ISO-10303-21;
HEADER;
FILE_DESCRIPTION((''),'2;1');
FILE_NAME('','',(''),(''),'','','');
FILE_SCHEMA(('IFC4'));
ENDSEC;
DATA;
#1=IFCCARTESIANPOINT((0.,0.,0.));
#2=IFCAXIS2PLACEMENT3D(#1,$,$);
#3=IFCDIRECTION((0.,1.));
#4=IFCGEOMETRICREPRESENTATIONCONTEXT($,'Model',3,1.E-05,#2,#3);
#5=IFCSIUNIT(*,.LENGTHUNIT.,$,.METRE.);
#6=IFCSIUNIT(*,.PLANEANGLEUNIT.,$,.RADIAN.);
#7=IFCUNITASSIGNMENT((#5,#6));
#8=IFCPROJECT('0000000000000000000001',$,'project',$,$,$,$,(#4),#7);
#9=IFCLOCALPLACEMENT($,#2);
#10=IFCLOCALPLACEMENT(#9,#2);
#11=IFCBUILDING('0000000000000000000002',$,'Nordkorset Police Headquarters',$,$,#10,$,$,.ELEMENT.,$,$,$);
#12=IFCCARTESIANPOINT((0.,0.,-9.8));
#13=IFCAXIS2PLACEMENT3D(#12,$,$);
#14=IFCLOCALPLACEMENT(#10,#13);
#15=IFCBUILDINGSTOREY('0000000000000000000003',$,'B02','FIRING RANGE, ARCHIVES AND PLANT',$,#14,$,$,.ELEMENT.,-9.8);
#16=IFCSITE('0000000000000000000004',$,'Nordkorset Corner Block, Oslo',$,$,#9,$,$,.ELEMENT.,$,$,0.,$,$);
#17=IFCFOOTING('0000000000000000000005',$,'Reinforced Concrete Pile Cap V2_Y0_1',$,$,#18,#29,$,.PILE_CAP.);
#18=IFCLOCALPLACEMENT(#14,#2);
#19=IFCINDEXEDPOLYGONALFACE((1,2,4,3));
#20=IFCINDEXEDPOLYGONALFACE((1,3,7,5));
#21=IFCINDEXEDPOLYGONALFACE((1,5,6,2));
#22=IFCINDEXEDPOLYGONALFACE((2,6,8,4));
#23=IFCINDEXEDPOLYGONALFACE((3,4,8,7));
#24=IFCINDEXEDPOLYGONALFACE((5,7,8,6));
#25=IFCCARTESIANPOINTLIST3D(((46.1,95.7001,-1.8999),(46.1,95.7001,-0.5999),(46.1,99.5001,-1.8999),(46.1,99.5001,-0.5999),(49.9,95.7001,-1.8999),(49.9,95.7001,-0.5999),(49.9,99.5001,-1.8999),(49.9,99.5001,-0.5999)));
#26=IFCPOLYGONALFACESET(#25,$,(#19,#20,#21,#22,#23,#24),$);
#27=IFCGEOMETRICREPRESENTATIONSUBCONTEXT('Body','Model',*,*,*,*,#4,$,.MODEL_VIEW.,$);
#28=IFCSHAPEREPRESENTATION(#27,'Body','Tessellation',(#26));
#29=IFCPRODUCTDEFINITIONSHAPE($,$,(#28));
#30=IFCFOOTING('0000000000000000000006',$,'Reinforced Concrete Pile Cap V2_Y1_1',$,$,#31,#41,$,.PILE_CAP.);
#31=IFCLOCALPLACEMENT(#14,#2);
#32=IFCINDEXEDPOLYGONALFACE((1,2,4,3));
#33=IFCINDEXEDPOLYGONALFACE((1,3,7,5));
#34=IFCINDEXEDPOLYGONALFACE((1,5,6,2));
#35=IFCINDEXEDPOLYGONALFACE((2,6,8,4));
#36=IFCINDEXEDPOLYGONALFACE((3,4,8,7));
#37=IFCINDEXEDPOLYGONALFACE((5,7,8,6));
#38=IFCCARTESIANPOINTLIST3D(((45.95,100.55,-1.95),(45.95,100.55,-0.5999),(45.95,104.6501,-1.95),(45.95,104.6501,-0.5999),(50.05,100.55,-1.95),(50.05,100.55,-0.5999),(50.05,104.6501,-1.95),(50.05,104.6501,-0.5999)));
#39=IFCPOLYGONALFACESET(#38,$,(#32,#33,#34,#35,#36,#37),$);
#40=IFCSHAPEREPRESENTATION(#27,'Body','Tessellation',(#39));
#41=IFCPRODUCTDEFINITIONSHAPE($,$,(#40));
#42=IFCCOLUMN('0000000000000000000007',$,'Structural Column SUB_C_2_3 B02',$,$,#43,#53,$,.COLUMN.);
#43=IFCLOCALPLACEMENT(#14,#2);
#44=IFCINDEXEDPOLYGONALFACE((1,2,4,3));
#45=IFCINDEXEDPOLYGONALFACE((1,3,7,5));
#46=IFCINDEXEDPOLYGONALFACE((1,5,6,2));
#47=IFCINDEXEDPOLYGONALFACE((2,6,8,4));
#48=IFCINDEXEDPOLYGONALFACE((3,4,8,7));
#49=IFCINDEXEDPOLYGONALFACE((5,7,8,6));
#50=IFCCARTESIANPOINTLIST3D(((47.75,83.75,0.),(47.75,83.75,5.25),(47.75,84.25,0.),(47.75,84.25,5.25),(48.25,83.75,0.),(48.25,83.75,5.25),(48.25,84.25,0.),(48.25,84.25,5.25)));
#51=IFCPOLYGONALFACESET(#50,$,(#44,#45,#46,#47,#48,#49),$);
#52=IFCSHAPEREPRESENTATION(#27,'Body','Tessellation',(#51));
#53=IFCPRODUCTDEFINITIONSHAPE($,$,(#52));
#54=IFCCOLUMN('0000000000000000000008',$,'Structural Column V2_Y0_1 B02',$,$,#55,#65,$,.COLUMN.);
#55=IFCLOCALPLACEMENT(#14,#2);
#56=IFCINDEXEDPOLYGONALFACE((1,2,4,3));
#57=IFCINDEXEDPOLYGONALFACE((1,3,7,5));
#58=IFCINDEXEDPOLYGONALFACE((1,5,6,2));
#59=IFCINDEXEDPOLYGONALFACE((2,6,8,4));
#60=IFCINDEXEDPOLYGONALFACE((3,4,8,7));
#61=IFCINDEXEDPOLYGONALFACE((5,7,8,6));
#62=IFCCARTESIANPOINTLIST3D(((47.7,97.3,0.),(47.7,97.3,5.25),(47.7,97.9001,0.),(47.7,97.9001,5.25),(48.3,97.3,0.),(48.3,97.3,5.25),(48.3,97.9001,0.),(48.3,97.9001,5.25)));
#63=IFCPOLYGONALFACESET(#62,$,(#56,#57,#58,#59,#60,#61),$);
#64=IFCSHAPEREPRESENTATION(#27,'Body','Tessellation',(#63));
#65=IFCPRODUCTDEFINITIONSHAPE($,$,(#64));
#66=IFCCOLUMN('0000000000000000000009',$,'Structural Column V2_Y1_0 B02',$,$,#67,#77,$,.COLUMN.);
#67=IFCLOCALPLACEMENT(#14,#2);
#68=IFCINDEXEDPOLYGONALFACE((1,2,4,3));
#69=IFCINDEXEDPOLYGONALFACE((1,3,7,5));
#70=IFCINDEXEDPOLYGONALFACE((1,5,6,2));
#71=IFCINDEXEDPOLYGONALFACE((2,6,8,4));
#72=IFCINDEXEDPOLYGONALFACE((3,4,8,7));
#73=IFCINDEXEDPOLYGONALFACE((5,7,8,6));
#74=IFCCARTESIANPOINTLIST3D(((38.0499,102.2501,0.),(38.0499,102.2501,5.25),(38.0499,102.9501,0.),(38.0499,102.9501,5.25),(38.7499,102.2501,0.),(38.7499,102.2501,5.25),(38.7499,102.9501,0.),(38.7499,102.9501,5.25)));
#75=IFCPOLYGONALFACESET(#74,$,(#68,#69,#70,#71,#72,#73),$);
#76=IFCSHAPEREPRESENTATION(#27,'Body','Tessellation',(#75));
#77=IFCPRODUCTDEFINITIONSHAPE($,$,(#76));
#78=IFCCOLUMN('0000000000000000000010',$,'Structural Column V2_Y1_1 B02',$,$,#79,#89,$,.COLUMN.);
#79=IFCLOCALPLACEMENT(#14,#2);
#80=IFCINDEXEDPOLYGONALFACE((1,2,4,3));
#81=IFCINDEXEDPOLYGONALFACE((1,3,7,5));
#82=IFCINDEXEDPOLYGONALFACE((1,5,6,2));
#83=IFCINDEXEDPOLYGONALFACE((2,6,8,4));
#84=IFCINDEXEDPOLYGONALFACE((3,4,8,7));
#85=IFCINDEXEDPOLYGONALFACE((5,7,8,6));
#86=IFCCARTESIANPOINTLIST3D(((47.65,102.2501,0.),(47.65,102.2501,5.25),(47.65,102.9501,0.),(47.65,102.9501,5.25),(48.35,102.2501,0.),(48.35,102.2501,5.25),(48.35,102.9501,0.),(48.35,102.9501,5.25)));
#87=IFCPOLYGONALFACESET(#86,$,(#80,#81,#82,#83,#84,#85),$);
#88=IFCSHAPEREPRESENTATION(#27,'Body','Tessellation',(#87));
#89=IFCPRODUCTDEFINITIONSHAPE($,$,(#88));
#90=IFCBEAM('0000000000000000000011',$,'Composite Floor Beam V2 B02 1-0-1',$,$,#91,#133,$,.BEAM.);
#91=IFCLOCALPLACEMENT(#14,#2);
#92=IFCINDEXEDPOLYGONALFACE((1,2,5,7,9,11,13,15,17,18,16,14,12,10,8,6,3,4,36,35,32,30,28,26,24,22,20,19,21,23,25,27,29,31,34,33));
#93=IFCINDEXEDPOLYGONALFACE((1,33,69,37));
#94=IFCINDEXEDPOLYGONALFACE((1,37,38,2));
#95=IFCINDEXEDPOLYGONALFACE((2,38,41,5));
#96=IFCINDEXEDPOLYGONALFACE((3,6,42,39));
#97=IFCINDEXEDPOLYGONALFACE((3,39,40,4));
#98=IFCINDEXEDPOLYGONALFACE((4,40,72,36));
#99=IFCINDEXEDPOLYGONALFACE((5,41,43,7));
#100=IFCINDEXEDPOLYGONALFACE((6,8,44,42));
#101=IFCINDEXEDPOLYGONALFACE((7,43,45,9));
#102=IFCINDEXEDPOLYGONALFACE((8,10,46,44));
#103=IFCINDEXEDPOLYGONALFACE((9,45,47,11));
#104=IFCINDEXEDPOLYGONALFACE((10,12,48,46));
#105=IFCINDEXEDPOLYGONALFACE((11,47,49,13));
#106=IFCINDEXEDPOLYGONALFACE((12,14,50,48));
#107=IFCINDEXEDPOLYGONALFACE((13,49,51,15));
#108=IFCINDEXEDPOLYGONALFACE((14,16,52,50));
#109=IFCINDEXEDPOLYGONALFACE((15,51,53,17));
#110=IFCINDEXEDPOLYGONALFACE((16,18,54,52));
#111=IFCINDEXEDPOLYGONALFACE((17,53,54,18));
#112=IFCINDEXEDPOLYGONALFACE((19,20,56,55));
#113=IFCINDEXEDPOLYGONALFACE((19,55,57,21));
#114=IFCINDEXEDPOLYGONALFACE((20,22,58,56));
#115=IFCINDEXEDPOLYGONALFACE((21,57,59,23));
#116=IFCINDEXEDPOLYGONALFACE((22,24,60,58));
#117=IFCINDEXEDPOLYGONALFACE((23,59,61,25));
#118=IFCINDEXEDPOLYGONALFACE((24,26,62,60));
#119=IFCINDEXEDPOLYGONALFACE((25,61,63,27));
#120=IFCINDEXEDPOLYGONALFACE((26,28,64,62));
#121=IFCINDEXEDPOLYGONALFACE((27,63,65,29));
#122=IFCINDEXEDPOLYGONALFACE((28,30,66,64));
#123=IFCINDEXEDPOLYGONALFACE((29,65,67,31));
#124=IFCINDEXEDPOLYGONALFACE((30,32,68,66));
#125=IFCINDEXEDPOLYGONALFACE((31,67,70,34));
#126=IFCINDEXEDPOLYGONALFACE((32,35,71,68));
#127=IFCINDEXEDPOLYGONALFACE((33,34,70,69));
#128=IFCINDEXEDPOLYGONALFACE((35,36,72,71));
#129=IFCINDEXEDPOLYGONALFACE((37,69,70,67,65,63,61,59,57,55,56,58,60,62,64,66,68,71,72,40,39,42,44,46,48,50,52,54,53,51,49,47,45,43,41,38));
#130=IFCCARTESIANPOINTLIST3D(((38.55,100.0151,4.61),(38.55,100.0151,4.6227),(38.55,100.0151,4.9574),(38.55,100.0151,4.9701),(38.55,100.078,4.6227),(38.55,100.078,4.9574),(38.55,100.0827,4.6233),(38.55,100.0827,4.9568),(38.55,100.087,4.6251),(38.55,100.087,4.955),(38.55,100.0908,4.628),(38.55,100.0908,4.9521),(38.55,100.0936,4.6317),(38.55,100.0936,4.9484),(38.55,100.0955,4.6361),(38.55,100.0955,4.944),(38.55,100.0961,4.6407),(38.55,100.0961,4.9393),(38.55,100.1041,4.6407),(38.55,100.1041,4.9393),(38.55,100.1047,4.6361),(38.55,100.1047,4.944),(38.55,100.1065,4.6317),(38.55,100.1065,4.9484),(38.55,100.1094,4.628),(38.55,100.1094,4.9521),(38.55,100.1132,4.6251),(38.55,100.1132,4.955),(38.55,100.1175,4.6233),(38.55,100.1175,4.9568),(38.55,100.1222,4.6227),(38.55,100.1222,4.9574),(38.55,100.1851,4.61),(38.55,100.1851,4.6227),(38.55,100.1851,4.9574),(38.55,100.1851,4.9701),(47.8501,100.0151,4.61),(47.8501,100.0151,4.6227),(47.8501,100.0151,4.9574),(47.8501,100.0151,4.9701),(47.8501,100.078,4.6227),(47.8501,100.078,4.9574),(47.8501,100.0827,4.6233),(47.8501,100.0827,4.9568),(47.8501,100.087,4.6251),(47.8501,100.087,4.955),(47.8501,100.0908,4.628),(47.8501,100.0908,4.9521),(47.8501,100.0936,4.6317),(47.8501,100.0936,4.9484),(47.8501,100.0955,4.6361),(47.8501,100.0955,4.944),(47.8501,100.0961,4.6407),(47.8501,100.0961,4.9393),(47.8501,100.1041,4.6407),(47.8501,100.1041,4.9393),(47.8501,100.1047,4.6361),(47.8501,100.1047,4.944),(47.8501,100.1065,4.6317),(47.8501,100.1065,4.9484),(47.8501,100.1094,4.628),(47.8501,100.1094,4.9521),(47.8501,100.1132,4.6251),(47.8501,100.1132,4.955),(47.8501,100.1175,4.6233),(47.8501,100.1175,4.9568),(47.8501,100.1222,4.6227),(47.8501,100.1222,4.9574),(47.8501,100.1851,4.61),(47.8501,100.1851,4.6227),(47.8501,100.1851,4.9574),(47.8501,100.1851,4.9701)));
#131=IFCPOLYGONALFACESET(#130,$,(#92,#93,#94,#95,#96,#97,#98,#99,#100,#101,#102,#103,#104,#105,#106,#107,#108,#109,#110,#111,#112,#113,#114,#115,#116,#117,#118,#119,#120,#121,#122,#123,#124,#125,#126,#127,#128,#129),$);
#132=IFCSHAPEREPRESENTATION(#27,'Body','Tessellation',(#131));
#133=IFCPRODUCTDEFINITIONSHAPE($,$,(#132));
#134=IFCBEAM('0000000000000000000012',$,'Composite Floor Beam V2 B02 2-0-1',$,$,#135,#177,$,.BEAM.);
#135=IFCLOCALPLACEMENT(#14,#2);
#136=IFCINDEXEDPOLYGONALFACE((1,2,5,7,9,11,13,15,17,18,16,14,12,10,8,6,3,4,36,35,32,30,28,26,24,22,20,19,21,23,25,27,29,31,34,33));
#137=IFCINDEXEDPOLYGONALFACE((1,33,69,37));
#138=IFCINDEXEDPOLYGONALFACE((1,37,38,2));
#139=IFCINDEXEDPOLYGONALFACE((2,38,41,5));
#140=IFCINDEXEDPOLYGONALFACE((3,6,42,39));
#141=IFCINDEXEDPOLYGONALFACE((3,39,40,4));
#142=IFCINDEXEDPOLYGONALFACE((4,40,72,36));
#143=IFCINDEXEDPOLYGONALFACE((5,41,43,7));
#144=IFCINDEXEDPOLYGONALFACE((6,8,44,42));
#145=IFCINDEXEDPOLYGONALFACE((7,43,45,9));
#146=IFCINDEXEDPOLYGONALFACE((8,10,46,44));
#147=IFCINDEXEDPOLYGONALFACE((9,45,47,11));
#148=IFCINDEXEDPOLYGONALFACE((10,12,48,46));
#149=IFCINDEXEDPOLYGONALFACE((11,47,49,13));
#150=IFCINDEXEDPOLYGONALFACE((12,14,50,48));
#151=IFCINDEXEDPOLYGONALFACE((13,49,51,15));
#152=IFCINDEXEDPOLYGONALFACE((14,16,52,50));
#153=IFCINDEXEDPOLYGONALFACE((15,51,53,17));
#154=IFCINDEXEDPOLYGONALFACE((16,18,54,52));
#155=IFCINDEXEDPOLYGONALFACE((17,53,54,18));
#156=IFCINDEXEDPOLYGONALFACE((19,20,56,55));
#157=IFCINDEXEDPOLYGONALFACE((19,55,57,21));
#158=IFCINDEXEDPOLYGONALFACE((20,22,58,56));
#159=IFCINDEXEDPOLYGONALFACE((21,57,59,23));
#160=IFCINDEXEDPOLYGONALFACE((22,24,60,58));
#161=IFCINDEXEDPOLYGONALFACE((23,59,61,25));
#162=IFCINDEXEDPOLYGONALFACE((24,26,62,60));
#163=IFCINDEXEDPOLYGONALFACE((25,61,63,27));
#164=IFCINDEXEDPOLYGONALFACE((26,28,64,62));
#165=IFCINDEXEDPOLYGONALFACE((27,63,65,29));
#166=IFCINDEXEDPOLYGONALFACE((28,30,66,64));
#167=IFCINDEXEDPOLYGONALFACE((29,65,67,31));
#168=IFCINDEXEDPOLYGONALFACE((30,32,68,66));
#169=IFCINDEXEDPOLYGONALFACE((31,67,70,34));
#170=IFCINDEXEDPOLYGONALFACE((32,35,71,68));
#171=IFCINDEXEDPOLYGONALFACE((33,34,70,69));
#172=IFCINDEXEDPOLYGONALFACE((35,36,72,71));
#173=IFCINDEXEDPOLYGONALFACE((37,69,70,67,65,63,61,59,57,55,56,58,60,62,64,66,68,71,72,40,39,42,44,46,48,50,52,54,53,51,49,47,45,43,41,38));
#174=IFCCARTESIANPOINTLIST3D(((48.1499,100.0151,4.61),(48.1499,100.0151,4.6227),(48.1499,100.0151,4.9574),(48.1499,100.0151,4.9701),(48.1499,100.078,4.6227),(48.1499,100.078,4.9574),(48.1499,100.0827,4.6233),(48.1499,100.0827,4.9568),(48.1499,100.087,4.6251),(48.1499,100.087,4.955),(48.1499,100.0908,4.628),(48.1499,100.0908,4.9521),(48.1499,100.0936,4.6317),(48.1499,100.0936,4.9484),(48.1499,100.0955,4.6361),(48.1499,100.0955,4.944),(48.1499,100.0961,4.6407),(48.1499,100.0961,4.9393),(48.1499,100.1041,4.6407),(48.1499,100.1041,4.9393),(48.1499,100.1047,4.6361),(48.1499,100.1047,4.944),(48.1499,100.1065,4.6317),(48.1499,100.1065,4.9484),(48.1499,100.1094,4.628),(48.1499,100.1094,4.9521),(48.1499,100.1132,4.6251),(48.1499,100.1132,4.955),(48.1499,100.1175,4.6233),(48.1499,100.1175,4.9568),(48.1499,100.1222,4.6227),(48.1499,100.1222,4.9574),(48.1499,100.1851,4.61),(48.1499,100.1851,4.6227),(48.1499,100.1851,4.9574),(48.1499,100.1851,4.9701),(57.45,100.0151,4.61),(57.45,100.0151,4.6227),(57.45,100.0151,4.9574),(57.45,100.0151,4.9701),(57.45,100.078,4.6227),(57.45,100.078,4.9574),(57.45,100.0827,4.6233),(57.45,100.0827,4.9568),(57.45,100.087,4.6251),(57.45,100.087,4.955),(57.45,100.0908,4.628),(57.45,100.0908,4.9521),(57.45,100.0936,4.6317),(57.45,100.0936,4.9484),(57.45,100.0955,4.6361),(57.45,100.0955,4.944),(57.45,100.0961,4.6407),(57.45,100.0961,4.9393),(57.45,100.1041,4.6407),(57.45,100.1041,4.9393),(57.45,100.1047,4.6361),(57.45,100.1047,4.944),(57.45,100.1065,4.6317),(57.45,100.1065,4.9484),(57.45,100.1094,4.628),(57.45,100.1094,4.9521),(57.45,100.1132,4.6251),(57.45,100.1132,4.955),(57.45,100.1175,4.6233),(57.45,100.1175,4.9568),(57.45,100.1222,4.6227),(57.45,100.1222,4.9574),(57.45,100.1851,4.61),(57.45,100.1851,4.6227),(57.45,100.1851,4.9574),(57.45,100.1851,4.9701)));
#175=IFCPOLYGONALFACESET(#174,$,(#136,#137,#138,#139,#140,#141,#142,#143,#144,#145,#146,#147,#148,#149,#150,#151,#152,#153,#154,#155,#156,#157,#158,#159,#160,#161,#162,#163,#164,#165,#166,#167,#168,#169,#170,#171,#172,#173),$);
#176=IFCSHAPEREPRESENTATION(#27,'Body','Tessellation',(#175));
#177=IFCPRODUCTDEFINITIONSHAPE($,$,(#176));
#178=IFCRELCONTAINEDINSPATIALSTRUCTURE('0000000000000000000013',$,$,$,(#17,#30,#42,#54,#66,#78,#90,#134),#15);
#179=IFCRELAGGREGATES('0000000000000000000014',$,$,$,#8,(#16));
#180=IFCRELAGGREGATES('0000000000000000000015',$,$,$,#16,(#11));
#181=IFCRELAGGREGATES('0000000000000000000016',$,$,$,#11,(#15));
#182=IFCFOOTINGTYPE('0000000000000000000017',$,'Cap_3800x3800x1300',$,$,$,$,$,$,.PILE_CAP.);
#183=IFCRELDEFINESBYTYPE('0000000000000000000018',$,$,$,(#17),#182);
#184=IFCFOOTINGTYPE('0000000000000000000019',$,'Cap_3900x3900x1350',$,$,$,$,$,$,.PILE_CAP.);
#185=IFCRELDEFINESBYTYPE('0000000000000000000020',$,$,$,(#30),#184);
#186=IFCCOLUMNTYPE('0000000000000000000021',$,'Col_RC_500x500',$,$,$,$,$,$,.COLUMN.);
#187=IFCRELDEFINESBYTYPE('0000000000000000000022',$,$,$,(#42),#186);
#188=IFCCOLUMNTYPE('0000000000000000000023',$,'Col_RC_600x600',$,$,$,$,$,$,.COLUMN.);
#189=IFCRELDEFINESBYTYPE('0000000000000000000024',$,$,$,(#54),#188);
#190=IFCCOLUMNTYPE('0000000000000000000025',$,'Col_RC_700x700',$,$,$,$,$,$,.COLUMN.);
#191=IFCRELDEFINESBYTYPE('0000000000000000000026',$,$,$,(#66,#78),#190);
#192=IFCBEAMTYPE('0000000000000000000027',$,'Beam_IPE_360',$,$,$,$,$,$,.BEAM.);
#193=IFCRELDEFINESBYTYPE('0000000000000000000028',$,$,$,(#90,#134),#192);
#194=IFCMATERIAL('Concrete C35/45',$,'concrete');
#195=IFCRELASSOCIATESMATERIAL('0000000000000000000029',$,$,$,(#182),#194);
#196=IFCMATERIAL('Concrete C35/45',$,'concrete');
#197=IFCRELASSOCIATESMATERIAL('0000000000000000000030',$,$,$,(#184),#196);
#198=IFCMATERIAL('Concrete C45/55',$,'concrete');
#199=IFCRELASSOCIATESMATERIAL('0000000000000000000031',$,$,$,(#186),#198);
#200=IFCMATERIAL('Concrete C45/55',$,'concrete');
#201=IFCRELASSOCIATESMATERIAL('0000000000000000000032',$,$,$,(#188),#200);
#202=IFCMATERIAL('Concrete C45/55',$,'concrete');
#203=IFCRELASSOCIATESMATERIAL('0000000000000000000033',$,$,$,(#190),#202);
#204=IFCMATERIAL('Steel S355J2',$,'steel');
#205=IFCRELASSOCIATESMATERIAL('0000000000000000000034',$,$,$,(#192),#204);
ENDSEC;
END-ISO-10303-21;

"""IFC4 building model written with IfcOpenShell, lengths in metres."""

from ifc_helpers import new_model, si_unit, direction, frame, origin, origin_2d, place, context, subcontext, project, spatial, rectangle, i_section, extrude, material, material_profile, profile_set, type_object, element, save


model = new_model("IFC4")

# Units and contexts
model_context = context("Model", 3, precision=1e-05, world=origin(), true_north=direction((0.0, 1.0)))
body_context = subcontext(model_context, "Body", "Model", "MODEL_VIEW")
ifc_project = project(units=[si_unit("LENGTHUNIT", "METRE"), si_unit("PLANEANGLEUNIT", "RADIAN")], contexts=[model_context])

# Site, building, storey
site_placement = place(None, origin())
site = spatial("IfcSite", under=ifc_project, at=site_placement, Name="Nordkorset Corner Block, Oslo", CompositionType="ELEMENT", RefElevation=0.0)
building_placement = place(site_placement, origin())
building = spatial("IfcBuilding", under=site, at=building_placement, Name="Nordkorset Police Headquarters", CompositionType="ELEMENT")
storey_placement = place(building_placement, frame((0.0, 0.0, -9.8)))
storey = spatial("IfcBuildingStorey", under=building, at=storey_placement, Name="B02", Description="FIRING RANGE, ARCHIVES AND PLANT", CompositionType="ELEMENT", Elevation=-9.8)

# Footings
ifc_material_1 = material(Name="Concrete C35/45", Category="concrete")
footing_type_1 = type_object("IfcFootingType", Name="Cap_3800x3800x1300", PredefinedType="PILE_CAP", material=ifc_material_1)
footing_1_placement = place(storey_placement, frame((48.0, 97.6001, -1.8999), z_axis=(0.0, 0.0, 1.0), x_axis=(1.0, 0.0, 0.0)))
element("IfcFooting", 1, at=footing_1_placement, inside=storey, type_object=footing_type_1, Name="Reinforced Concrete Pile Cap V2_Y0_1", PredefinedType="PILE_CAP", context=body_context, shape_type="SweptSolid", body=[
    extrude(rectangle(XDim=3.8, YDim=3.8, at=origin_2d()), origin(), (0.0, 0.0, 1.0), 1.3),
])
ifc_material_2 = material(Name="Concrete C35/45", Category="concrete")
footing_type_2 = type_object("IfcFootingType", Name="Cap_3900x3900x1350", PredefinedType="PILE_CAP", material=ifc_material_2)
footing_2_placement = place(storey_placement, frame((48.0, 102.6001, -1.95), z_axis=(0.0, 0.0, 1.0), x_axis=(1.0, 0.0, 0.0)))
element("IfcFooting", 2, at=footing_2_placement, inside=storey, type_object=footing_type_2, Name="Reinforced Concrete Pile Cap V2_Y1_1", PredefinedType="PILE_CAP", context=body_context, shape_type="SweptSolid", body=[
    extrude(rectangle(XDim=4.1001, YDim=4.1001, at=origin_2d()), origin(), (0.0, 0.0, 1.0), 1.3501),
])

# Columns
ifc_material_3 = material(Name="Concrete C45/55", Category="concrete")
ifc_material_profile_1 = material_profile(ifc_material_3, rectangle(XDim=0.5, YDim=0.5, at=origin_2d()), Name="RC 500x500")
ifc_profile_set_1 = profile_set([ifc_material_profile_1], Name="Concrete C45/55")
column_type_1 = type_object("IfcColumnType", Name="Col_RC_500x500", PredefinedType="COLUMN", material=ifc_profile_set_1)
column_1_placement = place(storey_placement, frame((48.0, 84.0, 0.0), z_axis=(0.0, 0.0, 1.0), x_axis=(1.0, 0.0, 0.0)))
element("IfcColumn", 3, at=column_1_placement, inside=storey, type_object=column_type_1, Name="Structural Column SUB_C_2_3 B02", PredefinedType="COLUMN", context=body_context, shape_type="SweptSolid", body=[
    extrude(rectangle(XDim=0.5, YDim=0.5, at=origin_2d()), origin(), (0.0, 0.0, 1.0), 5.25),
])
ifc_material_4 = material(Name="Concrete C45/55", Category="concrete")
ifc_material_profile_2 = material_profile(ifc_material_4, rectangle(XDim=0.6001, YDim=0.6001, at=origin_2d()), Name="RC 600x600")
ifc_profile_set_2 = profile_set([ifc_material_profile_2], Name="Concrete C45/55")
column_type_2 = type_object("IfcColumnType", Name="Col_RC_600x600", PredefinedType="COLUMN", material=ifc_profile_set_2)
column_2_placement = place(storey_placement, frame((48.0, 97.6001, 0.0), z_axis=(0.0, 0.0, 1.0), x_axis=(1.0, 0.0, 0.0)))
element("IfcColumn", 4, at=column_2_placement, inside=storey, type_object=column_type_2, Name="Structural Column V2_Y0_1 B02", PredefinedType="COLUMN", context=body_context, shape_type="SweptSolid", body=[
    extrude(rectangle(XDim=0.6001, YDim=0.6001, at=origin_2d()), origin(), (0.0, 0.0, 1.0), 5.25),
])
ifc_material_5 = material(Name="Concrete C45/55", Category="concrete")
ifc_material_profile_3 = material_profile(ifc_material_5, rectangle(XDim=0.7, YDim=0.7, at=origin_2d()), Name="RC 700x700")
ifc_profile_set_3 = profile_set([ifc_material_profile_3], Name="Concrete C45/55")
column_type_3 = type_object("IfcColumnType", Name="Col_RC_700x700", PredefinedType="COLUMN", material=ifc_profile_set_3)
for number, where, z_axis, x_axis, name in (
    (5, (38.3999, 102.6001, 0.0), (0.0, 0.0, 1.0), (1.0, 0.0, 0.0), "Structural Column V2_Y1_0 B02"),
    (6, (48.0, 102.6001, 0.0), (0.0, 0.0, 1.0), (1.0, 0.0, 0.0), "Structural Column V2_Y1_1 B02"),
):
    element("IfcColumn", number, at=place(storey_placement, frame(where, z_axis=z_axis, x_axis=x_axis)), inside=storey, type_object=column_type_3, Name=name, PredefinedType="COLUMN", context=body_context, shape_type="SweptSolid", body=[
        extrude(rectangle(XDim=0.7, YDim=0.7, at=origin_2d()), origin(), (0.0, 0.0, 1.0), 5.25),
    ])

# Beams
ifc_material_6 = material(Name="Steel S355J2", Category="steel")
ifc_material_profile_4 = material_profile(ifc_material_6, i_section(OverallWidth=0.1699, OverallDepth=0.3601, WebThickness=0.0081, FlangeThickness=0.0127, FilletRadius=0.0181, at=origin_2d()), Name="IPE 360")
ifc_profile_set_4 = profile_set([ifc_material_profile_4], Name="Steel S355J2")
beam_type_1 = type_object("IfcBeamType", Name="Beam_IPE_360", PredefinedType="BEAM", material=ifc_profile_set_4)
for number, where, z_axis, x_axis, name in (
    (7, (38.55, 100.1001, 4.79), (1.0, 0.0, 0.0), (0.0, 1.0, 0.0), "Composite Floor Beam V2 B02 1-0-1"),
    (8, (48.1499, 100.1001, 4.79), (1.0, 0.0, 0.0), (0.0, 1.0, 0.0), "Composite Floor Beam V2 B02 2-0-1"),
):
    element("IfcBeam", number, at=place(storey_placement, frame(where, z_axis=z_axis, x_axis=x_axis)), inside=storey, type_object=beam_type_1, Name=name, PredefinedType="BEAM", context=body_context, shape_type="SweptSolid", body=[
        extrude(i_section(OverallWidth=0.1699, OverallDepth=0.3601, WebThickness=0.0081, FlangeThickness=0.0127, FilletRadius=0.0181, at=origin_2d()), origin(), (0.0, 0.0, 1.0), 9.3),
    ])

save(model, "model.ifc")
